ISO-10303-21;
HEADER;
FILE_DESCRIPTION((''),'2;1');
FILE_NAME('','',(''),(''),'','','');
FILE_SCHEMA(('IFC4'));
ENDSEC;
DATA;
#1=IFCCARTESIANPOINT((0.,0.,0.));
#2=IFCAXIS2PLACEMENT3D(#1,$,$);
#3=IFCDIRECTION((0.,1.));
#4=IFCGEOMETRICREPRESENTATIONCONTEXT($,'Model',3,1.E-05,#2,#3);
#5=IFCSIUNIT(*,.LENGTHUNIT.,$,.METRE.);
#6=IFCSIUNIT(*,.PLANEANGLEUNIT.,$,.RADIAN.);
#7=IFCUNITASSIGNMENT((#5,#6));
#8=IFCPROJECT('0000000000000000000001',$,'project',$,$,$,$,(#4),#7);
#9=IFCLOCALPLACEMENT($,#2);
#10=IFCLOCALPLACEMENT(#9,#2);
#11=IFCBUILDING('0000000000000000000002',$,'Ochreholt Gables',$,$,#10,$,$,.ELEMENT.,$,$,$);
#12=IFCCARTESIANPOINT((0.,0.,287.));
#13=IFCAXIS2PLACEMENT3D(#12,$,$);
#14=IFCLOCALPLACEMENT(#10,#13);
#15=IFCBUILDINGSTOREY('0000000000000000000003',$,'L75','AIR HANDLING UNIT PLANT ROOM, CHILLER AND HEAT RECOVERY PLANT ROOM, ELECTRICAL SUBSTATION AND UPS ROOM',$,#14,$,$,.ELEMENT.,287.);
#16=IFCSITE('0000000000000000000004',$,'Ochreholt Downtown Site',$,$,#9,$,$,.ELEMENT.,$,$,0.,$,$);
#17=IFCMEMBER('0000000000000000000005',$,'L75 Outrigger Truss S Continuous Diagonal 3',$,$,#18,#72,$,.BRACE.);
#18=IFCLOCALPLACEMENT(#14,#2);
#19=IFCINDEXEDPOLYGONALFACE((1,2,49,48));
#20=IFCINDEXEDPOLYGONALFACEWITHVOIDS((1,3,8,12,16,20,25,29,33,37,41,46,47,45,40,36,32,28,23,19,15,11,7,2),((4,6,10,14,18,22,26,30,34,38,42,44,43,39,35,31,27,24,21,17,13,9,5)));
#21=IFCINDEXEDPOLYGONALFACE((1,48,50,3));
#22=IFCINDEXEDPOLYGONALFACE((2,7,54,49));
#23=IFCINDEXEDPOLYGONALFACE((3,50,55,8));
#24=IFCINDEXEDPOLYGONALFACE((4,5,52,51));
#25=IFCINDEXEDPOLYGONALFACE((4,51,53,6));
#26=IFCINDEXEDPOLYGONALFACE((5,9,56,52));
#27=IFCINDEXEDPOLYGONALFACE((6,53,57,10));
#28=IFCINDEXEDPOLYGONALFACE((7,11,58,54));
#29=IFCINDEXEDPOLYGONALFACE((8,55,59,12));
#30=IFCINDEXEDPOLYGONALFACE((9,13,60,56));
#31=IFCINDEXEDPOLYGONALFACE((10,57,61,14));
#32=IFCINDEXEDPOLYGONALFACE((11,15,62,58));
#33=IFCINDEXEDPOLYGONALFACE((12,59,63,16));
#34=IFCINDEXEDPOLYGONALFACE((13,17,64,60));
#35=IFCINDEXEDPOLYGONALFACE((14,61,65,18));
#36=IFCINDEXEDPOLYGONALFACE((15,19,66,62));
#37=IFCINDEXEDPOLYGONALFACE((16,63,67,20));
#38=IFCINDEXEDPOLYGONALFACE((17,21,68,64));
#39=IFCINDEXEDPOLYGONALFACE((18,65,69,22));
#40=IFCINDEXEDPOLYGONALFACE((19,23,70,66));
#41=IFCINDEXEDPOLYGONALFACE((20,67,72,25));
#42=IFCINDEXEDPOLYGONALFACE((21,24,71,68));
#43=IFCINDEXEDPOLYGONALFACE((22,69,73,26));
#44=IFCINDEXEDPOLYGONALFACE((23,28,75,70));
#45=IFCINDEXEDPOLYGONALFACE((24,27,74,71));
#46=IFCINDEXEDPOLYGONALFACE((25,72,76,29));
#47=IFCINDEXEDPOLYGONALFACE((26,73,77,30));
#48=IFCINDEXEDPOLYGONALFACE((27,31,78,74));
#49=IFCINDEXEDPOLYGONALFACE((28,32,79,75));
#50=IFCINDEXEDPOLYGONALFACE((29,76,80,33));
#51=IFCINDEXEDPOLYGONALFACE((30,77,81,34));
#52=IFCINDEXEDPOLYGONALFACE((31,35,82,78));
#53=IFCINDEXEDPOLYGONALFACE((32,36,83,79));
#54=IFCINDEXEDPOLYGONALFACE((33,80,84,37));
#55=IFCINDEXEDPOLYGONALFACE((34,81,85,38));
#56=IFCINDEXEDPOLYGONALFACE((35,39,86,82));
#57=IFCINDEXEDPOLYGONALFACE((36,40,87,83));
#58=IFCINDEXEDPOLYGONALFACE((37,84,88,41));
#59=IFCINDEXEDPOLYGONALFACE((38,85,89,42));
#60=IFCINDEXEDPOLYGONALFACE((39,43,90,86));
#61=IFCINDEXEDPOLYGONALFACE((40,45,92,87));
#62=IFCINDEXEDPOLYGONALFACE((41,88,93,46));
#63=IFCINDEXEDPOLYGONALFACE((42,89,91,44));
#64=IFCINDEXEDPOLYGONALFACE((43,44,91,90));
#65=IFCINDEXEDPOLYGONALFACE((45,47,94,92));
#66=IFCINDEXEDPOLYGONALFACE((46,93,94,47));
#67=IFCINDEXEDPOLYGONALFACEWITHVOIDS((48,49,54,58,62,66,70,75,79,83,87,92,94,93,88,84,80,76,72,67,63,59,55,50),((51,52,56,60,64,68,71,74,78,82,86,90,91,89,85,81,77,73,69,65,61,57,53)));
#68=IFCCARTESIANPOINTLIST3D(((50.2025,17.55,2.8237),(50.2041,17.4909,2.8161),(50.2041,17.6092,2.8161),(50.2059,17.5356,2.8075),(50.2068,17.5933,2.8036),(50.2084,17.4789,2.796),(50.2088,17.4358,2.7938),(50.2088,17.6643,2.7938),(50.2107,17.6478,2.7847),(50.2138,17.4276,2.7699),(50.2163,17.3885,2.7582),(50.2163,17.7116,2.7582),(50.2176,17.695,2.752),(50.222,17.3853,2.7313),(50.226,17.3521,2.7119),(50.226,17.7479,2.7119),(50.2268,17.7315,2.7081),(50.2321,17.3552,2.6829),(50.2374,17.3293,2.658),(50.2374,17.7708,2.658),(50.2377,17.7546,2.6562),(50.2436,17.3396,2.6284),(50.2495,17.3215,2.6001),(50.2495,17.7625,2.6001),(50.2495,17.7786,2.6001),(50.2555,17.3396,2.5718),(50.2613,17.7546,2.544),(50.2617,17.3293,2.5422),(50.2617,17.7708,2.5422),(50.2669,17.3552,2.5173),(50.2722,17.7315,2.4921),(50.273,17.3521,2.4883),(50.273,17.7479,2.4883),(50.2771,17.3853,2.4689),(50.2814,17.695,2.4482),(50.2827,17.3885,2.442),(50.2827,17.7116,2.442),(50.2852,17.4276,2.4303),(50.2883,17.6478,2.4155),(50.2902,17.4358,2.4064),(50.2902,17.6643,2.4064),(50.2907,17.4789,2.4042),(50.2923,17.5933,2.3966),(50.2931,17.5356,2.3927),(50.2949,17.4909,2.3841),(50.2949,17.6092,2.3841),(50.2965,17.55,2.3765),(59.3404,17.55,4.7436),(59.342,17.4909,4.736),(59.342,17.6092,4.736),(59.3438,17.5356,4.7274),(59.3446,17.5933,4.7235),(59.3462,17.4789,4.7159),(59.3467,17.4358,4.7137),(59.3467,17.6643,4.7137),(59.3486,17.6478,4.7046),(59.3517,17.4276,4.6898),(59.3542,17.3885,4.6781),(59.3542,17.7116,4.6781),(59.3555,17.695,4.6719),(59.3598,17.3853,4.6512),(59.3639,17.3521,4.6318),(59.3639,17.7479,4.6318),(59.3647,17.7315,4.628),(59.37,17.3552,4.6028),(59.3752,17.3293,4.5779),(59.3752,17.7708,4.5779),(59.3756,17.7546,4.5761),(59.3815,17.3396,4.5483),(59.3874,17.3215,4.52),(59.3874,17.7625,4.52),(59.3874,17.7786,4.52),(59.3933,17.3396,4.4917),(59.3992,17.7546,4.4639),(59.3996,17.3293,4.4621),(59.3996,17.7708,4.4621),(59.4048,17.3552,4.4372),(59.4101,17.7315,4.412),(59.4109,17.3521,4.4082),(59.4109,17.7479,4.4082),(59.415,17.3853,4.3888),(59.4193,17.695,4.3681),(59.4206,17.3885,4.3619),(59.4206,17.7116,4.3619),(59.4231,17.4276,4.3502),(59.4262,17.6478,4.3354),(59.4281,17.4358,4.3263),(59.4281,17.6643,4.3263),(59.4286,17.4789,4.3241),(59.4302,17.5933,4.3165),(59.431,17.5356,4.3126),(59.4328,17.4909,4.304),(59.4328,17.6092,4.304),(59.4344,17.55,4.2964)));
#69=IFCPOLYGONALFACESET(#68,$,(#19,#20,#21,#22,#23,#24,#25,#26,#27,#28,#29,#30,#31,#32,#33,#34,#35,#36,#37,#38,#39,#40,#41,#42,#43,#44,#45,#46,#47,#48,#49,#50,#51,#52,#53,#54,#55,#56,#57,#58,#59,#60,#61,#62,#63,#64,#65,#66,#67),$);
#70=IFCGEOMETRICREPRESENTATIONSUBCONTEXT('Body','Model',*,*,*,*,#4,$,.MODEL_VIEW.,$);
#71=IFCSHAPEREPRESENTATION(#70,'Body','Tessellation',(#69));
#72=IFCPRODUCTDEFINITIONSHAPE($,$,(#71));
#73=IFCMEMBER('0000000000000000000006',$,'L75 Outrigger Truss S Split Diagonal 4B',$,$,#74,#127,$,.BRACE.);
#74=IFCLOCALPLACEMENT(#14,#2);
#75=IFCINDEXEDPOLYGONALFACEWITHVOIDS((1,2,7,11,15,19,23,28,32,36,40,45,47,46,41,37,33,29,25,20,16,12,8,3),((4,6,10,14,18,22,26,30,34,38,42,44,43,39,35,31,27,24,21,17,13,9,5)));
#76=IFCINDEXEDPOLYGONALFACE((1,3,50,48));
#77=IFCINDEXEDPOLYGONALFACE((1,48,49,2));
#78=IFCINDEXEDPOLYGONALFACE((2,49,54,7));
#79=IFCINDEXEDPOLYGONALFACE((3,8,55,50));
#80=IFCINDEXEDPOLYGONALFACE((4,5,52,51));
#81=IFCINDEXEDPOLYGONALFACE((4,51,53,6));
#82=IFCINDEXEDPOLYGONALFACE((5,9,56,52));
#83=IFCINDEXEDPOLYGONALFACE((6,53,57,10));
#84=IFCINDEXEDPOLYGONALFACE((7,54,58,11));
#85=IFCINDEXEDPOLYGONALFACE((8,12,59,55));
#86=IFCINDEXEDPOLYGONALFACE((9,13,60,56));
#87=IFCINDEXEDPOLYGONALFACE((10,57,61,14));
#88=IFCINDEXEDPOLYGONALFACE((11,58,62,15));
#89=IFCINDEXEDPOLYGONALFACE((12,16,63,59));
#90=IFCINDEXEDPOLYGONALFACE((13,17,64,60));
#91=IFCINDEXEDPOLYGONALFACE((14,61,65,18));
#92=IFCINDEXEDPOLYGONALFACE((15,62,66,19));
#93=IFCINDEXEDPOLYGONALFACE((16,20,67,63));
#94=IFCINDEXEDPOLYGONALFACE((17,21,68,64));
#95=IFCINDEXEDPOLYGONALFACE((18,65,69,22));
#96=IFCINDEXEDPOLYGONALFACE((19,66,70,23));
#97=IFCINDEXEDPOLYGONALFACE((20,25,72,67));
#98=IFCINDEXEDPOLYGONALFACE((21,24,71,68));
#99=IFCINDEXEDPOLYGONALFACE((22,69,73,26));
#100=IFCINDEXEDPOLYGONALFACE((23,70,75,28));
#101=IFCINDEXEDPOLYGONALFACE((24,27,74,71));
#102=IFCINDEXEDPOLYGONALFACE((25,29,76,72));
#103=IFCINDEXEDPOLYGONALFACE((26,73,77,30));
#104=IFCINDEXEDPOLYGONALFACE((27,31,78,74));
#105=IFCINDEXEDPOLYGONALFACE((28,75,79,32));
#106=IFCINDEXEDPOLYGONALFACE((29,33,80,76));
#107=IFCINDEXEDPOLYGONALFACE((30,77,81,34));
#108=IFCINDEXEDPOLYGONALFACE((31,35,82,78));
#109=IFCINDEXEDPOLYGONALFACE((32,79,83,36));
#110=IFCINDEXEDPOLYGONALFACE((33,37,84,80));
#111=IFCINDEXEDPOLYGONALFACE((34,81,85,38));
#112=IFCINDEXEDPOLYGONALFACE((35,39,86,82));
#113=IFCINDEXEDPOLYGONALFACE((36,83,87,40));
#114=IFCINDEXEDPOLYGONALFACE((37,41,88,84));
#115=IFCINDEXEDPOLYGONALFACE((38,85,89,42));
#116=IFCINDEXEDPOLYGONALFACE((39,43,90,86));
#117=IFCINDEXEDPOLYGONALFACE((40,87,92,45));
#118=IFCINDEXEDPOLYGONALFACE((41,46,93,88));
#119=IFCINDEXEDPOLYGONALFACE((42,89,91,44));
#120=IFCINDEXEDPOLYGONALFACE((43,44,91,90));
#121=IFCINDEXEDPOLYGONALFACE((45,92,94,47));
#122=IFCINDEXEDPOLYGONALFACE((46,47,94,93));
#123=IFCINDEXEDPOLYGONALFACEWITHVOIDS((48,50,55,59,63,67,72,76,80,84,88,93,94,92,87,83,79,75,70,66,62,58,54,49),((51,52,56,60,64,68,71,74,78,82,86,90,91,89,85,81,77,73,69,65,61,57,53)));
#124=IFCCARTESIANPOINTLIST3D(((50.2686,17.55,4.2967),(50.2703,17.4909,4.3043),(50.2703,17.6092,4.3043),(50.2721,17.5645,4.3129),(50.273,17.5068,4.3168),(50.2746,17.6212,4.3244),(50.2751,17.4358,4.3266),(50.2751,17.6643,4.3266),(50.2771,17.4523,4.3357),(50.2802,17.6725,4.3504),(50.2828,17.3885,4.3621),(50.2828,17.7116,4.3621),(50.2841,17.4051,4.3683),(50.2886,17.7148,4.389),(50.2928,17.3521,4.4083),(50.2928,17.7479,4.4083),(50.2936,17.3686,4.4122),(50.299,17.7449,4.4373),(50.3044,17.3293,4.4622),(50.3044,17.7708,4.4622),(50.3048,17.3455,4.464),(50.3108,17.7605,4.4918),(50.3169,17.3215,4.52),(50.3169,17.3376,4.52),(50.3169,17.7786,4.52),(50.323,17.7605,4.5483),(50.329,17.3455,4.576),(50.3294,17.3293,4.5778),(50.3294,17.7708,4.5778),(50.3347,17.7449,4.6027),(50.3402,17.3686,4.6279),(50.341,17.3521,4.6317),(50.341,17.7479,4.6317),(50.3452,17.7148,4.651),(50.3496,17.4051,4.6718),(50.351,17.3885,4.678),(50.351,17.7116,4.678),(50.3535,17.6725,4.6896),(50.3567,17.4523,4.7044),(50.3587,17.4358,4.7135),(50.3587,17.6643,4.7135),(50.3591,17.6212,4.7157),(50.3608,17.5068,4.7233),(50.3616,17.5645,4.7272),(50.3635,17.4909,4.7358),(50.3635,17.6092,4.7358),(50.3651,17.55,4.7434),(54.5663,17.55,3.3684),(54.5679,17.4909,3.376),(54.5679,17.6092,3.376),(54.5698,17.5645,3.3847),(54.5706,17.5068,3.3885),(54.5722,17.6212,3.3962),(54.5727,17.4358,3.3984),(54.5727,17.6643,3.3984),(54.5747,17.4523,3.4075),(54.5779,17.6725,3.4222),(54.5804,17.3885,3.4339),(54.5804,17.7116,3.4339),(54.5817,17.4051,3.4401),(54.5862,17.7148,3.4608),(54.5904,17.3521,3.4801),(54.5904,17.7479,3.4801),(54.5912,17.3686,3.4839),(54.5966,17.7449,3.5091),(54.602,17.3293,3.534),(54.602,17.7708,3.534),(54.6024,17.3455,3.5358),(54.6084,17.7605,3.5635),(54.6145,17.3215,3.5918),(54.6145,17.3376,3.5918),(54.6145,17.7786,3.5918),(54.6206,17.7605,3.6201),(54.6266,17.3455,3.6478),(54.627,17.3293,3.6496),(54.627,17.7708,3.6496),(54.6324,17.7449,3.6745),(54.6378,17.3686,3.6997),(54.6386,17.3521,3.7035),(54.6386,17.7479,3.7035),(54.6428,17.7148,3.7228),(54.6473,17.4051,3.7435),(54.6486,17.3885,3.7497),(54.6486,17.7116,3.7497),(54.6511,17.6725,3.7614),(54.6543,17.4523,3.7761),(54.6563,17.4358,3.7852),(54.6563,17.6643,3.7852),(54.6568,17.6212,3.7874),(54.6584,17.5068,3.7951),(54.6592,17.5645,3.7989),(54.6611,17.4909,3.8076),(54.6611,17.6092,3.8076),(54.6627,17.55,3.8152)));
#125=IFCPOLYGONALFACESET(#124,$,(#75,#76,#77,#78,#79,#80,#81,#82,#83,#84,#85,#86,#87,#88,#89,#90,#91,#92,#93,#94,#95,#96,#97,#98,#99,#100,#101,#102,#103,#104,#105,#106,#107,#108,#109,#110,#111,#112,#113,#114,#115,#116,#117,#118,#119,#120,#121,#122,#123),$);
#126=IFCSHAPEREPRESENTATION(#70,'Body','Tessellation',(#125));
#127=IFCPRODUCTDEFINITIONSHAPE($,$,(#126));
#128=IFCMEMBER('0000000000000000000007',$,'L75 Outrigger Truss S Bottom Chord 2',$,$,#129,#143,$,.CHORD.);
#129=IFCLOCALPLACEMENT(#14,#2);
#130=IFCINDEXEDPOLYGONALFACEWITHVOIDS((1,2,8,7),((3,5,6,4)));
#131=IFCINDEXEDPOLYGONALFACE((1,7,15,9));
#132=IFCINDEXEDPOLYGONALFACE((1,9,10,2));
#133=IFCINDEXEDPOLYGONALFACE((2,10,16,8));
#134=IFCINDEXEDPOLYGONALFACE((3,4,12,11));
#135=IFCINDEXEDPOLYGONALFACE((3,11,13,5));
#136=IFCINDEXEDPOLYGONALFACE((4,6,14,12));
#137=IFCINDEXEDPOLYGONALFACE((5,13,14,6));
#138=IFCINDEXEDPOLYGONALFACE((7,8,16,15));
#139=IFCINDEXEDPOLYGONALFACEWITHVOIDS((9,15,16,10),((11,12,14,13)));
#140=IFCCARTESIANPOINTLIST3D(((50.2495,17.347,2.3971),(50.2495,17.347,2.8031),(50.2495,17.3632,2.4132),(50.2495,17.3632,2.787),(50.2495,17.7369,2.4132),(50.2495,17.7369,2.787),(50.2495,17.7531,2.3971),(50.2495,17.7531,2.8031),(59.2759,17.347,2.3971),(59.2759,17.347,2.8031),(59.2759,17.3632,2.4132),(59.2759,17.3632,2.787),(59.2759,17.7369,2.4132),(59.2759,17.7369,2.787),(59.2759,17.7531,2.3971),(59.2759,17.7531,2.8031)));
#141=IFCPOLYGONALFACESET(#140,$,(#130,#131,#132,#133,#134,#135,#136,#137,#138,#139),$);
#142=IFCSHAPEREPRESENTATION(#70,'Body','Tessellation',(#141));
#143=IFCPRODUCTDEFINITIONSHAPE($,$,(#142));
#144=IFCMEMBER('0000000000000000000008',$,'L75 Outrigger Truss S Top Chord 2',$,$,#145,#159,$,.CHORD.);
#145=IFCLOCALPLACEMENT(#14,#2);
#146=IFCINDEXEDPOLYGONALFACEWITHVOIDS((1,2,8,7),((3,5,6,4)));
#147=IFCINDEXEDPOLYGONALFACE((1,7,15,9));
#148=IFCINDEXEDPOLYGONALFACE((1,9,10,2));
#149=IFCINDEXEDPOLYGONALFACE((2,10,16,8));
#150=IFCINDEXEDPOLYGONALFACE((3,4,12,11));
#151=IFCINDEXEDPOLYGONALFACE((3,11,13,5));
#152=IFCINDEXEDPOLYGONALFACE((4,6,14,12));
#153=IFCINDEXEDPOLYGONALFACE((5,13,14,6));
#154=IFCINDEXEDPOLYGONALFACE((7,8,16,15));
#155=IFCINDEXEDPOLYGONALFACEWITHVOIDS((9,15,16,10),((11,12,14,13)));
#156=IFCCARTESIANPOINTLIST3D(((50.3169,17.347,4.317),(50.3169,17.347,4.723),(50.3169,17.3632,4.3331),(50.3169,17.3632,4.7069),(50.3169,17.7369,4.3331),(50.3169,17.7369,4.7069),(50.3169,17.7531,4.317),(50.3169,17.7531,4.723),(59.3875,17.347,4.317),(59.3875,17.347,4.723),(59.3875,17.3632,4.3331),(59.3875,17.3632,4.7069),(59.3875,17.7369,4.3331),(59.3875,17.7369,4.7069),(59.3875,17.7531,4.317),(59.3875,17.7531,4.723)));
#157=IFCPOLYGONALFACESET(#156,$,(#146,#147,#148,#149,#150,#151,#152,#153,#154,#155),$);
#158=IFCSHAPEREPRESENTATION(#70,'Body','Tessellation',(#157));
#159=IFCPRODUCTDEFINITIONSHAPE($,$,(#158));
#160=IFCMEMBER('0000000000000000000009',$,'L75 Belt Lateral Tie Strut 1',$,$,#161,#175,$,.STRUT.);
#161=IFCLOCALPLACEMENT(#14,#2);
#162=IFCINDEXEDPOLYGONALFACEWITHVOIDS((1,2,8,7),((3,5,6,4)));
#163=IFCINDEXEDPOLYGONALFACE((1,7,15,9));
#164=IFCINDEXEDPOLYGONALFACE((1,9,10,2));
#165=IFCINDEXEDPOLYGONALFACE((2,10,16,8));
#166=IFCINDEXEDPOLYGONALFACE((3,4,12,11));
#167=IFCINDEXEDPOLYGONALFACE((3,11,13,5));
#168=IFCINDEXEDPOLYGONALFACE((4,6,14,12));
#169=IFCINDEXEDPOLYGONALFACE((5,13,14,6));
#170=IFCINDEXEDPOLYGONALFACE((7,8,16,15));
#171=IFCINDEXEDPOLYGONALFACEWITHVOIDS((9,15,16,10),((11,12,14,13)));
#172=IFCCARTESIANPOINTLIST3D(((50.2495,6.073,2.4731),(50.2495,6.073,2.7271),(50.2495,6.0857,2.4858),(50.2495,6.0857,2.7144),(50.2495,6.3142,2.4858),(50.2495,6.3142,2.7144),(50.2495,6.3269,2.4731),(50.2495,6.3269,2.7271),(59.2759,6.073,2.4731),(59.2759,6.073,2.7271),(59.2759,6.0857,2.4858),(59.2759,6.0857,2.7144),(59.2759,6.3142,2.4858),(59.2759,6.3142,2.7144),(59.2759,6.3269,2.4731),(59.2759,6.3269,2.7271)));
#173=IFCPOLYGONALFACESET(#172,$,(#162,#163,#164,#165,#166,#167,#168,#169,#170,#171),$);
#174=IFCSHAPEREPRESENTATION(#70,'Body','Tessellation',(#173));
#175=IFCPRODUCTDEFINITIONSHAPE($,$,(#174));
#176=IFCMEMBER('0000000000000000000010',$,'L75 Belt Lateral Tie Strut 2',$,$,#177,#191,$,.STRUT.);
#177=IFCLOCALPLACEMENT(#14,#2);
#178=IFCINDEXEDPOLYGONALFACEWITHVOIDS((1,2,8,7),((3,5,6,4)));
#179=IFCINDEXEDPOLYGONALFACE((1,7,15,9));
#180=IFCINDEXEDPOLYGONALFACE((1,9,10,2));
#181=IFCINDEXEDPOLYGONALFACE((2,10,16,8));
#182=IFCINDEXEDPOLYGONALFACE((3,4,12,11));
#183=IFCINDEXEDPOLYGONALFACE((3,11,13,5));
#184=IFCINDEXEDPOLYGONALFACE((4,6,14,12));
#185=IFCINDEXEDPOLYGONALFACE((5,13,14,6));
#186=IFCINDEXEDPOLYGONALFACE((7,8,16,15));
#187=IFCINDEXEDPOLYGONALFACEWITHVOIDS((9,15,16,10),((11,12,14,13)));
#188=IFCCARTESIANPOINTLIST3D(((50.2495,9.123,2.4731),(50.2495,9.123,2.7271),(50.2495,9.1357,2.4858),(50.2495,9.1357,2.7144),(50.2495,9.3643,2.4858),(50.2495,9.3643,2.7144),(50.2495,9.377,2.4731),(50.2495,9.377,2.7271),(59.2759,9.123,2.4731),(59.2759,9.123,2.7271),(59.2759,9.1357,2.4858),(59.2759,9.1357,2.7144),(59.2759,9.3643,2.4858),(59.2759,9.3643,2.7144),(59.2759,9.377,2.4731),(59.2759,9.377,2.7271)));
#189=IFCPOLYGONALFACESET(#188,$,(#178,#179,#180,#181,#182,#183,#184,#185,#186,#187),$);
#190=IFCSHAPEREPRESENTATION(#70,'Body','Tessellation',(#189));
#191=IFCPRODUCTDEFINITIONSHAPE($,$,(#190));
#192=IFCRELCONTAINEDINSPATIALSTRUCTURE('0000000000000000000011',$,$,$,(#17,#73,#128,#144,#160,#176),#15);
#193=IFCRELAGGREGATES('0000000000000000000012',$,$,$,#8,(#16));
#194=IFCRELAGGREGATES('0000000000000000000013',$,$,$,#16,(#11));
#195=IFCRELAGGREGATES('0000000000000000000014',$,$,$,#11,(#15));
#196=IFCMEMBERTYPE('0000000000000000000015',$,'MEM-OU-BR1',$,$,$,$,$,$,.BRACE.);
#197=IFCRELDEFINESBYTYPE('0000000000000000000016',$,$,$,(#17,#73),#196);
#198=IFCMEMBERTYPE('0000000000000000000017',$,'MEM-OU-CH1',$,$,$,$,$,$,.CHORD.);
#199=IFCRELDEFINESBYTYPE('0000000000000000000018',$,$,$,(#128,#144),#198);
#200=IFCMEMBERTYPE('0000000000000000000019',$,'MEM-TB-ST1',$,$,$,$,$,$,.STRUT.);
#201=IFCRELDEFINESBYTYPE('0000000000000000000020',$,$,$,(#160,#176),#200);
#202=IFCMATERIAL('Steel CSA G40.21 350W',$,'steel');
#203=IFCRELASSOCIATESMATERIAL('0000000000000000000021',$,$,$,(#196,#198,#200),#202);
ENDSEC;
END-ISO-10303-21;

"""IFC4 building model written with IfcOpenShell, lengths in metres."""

from ifc_helpers import new_model, si_unit, direction, frame, origin, origin_2d, place, context, subcontext, project, spatial, hollow_rectangle, hollow_circle, extrude, material, material_profile, profile_set, type_object, element, save


model = new_model("IFC4")

# Units and contexts
model_context = context("Model", 3, precision=1e-05, world=origin(), true_north=direction((0.0, 1.0)))
body_context = subcontext(model_context, "Body", "Model", "MODEL_VIEW")
ifc_project = project(units=[si_unit("LENGTHUNIT", "METRE"), si_unit("PLANEANGLEUNIT", "RADIAN")], contexts=[model_context])

# Site, building, storey
site_placement = place(None, origin())
site = spatial("IfcSite", under=ifc_project, at=site_placement, Name="Ochreholt Downtown Site", CompositionType="ELEMENT", RefElevation=0.0)
building_placement = place(site_placement, origin())
building = spatial("IfcBuilding", under=site, at=building_placement, Name="Ochreholt Gables", CompositionType="ELEMENT")
storey_placement = place(building_placement, frame((0.0, 0.0, 287.0)))
storey = spatial("IfcBuildingStorey", under=building, at=storey_placement, Name="L75", Description="AIR HANDLING UNIT PLANT ROOM, CHILLER AND HEAT RECOVERY PLANT ROOM, ELECTRICAL SUBSTATION AND UPS ROOM", CompositionType="ELEMENT", Elevation=287.0)

# Shared definitions
ifc_material_1 = material(Name="Steel CSA G40.21 350W", Category="steel")

# Members
ifc_material_profile_1 = material_profile(ifc_material_1, hollow_circle(Radius=0.2285, WallThickness=0.0161, at=origin_2d()), Name="CHS457X16")
ifc_profile_set_1 = profile_set([ifc_material_profile_1], Name="Steel CSA G40.21 350W")
member_type_1 = type_object("IfcMemberType", Name="MEM-OU-BR1", PredefinedType="BRACE", material=ifc_profile_set_1)
member_1_placement = place(storey_placement, frame((50.2495, 17.55, 2.6001), z_axis=(0.978633, 0.0, 0.205615), x_axis=(0.0, 1.0, 0.0)))
element("IfcMember", 1, at=member_1_placement, inside=storey, type_object=member_type_1, Name="L75 Outrigger Truss S Continuous Diagonal 3", PredefinedType="BRACE", context=body_context, shape_type="SweptSolid", body=[
    extrude(hollow_circle(Radius=0.2285, WallThickness=0.0161, at=origin_2d()), origin(), (0.0, 0.0, 1.0), 9.3374),
])
member_2_placement = place(storey_placement, frame((54.6145, 17.55, 3.5918), z_axis=(-0.977461, 0.0, 0.211118), x_axis=(0.0, -1.0, 0.0)))
element("IfcMember", 2, at=member_2_placement, inside=storey, type_object=member_type_1, Name="L75 Outrigger Truss S Split Diagonal 4B", PredefinedType="BRACE", context=body_context, shape_type="SweptSolid", body=[
    extrude(hollow_circle(Radius=0.2285, WallThickness=0.0161, at=origin_2d()), origin(), (0.0, 0.0, 1.0), 4.3967),
])
ifc_material_profile_2 = material_profile(ifc_material_1, hollow_rectangle(XDim=0.406, YDim=0.406, WallThickness=0.0161, at=origin_2d()), Name="HSS406X406X16")
ifc_profile_set_2 = profile_set([ifc_material_profile_2], Name="Steel CSA G40.21 350W")
member_type_2 = type_object("IfcMemberType", Name="MEM-OU-CH1", PredefinedType="CHORD", material=ifc_profile_set_2)
member_3_placement = place(storey_placement, frame((50.2495, 17.55, 2.6001), z_axis=(1.0, 0.0, 0.0), x_axis=(0.0, 1.0, 0.0)))
element("IfcMember", 3, at=member_3_placement, inside=storey, type_object=member_type_2, Name="L75 Outrigger Truss S Bottom Chord 2", PredefinedType="CHORD", context=body_context, shape_type="SweptSolid", body=[
    extrude(hollow_rectangle(XDim=0.406, YDim=0.406, WallThickness=0.0161, at=origin_2d()), origin(), (0.0, 0.0, 1.0), 9.0264),
])
member_4_placement = place(storey_placement, frame((50.3169, 17.55, 4.52), z_axis=(1.0, 0.0, 0.0), x_axis=(0.0, 1.0, 0.0)))
element("IfcMember", 4, at=member_4_placement, inside=storey, type_object=member_type_2, Name="L75 Outrigger Truss S Top Chord 2", PredefinedType="CHORD", context=body_context, shape_type="SweptSolid", body=[
    extrude(hollow_rectangle(XDim=0.406, YDim=0.406, WallThickness=0.0161, at=origin_2d()), origin(), (0.0, 0.0, 1.0), 9.0706),
])
ifc_material_profile_3 = material_profile(ifc_material_1, hollow_rectangle(XDim=0.2539, YDim=0.2539, WallThickness=0.0127, at=origin_2d()), Name="HSS254X254X13")
ifc_profile_set_3 = profile_set([ifc_material_profile_3], Name="Steel CSA G40.21 350W")
member_type_3 = type_object("IfcMemberType", Name="MEM-TB-ST1", PredefinedType="STRUT", material=ifc_profile_set_3)
for number, where, z_axis, x_axis, name in (
    (5, (50.2495, 6.2, 2.6001), (1.0, 0.0, 0.0), (0.0, 1.0, 0.0), "L75 Belt Lateral Tie Strut 1"),
    (6, (50.2495, 9.25, 2.6001), (1.0, 0.0, 0.0), (0.0, 1.0, 0.0), "L75 Belt Lateral Tie Strut 2"),
):
    element("IfcMember", number, at=place(storey_placement, frame(where, z_axis=z_axis, x_axis=x_axis)), inside=storey, type_object=member_type_3, Name=name, PredefinedType="STRUT", context=body_context, shape_type="SweptSolid", body=[
        extrude(hollow_rectangle(XDim=0.2539, YDim=0.2539, WallThickness=0.0127, at=origin_2d()), origin(), (0.0, 0.0, 1.0), 9.0264),
    ])

save(model, "model.ifc")
